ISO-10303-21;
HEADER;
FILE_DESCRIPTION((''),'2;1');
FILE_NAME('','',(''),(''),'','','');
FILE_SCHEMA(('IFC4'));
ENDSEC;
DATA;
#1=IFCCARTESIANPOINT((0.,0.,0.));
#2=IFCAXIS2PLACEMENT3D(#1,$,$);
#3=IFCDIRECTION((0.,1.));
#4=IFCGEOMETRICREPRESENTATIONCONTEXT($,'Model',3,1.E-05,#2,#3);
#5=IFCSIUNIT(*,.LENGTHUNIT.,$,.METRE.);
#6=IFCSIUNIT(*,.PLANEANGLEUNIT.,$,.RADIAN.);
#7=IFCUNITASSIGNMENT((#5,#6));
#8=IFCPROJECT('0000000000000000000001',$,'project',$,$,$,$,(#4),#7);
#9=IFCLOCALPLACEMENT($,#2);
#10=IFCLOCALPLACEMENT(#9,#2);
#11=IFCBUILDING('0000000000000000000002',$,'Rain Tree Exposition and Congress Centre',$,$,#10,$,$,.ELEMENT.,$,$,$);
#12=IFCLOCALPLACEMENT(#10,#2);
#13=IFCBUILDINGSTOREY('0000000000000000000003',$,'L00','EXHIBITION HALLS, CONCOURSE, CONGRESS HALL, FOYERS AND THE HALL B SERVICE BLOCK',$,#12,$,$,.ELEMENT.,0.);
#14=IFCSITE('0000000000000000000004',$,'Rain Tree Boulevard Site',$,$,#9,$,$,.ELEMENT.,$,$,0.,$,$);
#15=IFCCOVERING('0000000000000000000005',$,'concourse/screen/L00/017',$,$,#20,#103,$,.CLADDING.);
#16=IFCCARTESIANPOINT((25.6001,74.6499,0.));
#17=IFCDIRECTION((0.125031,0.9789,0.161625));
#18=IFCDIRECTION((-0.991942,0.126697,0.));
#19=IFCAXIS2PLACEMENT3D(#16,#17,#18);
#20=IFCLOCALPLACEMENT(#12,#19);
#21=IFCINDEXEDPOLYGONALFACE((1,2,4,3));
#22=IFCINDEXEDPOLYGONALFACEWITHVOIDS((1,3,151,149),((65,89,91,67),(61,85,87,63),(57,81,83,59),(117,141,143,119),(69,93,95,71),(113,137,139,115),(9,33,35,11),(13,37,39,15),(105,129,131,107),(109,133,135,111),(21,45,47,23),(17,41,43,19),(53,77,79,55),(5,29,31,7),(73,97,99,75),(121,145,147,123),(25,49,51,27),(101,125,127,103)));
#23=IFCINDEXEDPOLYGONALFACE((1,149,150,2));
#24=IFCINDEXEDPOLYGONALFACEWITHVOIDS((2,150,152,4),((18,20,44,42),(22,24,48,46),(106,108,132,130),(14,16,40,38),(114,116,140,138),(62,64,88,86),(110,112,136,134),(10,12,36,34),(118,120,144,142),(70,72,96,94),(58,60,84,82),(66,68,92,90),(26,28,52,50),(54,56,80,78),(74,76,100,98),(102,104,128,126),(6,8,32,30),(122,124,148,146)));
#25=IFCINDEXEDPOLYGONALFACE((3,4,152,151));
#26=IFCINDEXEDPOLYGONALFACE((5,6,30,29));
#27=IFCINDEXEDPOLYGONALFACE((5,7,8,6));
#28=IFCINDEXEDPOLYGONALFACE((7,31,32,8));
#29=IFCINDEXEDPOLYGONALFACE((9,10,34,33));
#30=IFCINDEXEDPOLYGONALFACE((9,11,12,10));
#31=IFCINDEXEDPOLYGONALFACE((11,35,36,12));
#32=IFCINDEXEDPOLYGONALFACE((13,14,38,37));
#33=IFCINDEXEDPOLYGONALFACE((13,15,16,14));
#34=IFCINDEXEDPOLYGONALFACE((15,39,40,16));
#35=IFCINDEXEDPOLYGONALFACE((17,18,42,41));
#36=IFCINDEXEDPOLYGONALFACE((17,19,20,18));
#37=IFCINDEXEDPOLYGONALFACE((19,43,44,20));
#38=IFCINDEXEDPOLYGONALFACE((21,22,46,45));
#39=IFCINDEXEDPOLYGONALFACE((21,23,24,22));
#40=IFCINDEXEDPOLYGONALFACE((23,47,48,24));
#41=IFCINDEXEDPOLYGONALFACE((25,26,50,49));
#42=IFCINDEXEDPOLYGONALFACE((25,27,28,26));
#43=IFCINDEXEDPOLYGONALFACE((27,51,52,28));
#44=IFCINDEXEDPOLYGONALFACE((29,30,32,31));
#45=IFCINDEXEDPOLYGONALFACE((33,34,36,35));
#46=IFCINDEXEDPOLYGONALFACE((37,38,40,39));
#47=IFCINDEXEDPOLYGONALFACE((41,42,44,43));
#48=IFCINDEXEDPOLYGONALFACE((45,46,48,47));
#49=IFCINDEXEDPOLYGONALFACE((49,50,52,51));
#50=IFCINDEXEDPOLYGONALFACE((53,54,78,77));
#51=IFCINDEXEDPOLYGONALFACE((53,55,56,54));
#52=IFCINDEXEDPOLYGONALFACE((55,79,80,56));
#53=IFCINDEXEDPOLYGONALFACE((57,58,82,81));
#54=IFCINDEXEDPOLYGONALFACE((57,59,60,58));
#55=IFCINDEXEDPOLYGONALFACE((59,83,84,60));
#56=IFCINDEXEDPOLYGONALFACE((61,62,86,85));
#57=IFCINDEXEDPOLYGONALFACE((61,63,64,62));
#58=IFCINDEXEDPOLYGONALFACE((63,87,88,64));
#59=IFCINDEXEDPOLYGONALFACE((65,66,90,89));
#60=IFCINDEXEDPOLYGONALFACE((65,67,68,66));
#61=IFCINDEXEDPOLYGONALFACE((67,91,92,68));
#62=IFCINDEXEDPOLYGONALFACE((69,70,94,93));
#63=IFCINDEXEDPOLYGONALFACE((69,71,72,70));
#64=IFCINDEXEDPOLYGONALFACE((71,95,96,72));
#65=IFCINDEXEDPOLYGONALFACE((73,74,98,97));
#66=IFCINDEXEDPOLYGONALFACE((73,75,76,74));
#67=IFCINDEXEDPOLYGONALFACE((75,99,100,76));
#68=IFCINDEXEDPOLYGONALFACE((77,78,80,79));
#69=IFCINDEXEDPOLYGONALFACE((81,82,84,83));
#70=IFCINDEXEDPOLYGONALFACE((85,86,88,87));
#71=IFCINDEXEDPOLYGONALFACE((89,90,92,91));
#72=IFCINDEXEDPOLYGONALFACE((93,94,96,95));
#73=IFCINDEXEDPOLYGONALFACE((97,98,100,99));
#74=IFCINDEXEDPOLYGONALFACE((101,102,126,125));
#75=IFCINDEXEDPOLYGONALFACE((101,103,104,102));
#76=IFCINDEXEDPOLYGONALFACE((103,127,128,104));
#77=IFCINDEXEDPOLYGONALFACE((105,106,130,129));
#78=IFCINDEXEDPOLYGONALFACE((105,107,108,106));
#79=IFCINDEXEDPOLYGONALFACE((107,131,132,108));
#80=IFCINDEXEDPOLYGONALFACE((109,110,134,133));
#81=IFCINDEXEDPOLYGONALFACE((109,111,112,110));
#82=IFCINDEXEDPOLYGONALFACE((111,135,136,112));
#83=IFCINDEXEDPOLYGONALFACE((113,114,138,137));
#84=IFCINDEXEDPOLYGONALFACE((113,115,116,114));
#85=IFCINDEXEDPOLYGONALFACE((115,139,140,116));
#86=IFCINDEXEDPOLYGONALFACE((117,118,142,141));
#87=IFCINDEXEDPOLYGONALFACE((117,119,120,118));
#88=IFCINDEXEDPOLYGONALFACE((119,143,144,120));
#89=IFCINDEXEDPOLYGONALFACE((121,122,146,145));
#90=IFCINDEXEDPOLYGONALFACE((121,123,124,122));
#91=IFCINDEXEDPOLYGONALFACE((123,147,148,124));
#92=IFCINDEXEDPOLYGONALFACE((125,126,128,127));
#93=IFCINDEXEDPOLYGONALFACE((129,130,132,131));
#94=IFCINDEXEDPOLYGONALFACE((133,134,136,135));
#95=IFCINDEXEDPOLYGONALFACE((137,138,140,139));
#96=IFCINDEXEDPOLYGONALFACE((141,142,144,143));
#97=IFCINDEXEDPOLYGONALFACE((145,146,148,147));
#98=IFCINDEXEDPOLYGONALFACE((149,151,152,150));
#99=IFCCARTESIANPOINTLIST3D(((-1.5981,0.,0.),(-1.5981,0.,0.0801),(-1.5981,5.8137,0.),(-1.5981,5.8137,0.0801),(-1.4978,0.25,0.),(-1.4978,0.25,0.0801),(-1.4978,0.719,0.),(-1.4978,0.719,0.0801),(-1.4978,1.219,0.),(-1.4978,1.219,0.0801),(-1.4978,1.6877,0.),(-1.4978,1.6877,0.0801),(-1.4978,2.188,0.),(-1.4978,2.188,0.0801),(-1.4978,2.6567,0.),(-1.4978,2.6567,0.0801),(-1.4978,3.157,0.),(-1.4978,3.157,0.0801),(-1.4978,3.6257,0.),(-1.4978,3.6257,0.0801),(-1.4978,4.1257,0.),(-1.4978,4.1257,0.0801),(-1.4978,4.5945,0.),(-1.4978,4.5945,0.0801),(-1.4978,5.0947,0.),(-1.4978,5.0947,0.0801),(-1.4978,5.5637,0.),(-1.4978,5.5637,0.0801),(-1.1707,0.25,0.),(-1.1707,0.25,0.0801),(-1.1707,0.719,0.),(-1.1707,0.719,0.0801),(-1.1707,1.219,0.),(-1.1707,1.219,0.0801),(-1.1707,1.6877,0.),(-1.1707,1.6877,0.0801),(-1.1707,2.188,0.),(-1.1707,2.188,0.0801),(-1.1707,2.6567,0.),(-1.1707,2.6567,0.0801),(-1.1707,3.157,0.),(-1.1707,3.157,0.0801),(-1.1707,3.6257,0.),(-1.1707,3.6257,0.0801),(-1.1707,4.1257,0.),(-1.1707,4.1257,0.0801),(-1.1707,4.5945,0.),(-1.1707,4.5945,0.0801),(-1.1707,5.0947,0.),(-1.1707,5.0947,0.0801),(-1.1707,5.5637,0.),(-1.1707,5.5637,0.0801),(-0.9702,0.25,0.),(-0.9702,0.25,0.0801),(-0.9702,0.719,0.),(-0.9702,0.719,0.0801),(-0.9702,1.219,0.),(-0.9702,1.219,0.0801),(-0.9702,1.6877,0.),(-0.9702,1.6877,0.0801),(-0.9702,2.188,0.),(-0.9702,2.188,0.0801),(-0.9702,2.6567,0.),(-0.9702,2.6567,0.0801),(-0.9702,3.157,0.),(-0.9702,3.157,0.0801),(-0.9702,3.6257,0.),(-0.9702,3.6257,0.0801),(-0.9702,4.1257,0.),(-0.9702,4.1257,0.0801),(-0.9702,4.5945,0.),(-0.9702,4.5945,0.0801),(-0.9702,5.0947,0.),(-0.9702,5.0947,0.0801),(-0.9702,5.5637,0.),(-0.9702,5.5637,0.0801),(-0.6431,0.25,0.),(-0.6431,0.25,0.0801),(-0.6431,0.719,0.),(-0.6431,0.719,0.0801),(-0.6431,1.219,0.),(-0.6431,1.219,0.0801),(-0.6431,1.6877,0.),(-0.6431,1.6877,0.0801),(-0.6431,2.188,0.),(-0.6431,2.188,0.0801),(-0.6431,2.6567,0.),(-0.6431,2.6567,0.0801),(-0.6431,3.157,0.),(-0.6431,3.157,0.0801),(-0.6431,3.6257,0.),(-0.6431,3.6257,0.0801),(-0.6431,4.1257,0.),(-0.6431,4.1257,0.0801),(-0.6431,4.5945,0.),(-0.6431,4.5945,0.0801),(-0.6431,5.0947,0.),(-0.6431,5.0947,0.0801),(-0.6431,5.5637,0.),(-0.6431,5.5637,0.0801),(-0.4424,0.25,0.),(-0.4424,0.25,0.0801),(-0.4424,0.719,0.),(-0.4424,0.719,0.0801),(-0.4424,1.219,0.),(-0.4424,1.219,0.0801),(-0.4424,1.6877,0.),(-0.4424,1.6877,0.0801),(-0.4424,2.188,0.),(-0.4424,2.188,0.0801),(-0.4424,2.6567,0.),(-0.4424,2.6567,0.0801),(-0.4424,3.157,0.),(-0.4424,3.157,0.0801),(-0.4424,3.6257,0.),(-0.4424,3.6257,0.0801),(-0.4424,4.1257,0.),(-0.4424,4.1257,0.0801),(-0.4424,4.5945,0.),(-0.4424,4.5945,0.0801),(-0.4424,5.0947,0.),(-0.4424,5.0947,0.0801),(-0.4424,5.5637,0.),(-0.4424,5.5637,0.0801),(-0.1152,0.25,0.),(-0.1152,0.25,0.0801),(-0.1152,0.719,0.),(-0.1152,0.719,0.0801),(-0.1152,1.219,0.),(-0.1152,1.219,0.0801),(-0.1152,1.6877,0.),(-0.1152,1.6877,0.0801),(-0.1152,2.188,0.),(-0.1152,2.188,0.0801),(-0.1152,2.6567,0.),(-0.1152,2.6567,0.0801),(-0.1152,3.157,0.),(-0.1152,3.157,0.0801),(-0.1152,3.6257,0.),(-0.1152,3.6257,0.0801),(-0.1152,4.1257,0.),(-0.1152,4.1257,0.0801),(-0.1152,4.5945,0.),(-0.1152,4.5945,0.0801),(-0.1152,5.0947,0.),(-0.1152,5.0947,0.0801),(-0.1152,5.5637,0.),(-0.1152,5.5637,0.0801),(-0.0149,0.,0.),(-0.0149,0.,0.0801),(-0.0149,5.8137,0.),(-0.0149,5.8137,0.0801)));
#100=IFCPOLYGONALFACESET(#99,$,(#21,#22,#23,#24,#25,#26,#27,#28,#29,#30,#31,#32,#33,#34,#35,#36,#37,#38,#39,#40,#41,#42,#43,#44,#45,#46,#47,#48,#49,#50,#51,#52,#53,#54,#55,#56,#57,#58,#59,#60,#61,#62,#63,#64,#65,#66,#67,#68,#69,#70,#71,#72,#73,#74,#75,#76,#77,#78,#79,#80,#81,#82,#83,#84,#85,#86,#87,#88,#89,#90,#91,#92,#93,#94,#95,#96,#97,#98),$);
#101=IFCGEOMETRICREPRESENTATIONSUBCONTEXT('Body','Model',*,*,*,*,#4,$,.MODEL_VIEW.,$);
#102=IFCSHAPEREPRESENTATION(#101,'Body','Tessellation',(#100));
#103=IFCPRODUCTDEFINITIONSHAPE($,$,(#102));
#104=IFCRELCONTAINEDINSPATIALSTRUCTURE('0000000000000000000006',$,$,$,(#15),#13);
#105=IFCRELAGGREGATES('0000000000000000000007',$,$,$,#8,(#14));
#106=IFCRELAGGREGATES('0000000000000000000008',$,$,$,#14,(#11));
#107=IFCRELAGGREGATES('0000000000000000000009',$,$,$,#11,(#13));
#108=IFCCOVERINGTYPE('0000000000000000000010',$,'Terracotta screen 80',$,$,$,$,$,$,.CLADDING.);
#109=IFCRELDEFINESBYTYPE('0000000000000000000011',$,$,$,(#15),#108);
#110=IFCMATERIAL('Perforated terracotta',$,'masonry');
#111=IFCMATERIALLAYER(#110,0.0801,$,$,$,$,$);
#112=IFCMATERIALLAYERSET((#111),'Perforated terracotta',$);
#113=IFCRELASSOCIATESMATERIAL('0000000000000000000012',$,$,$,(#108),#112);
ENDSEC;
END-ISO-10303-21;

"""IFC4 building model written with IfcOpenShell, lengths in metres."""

from ifc_helpers import new_model, si_unit, direction, frame, origin, place, context, subcontext, project, spatial, polyline, outline, extrude, material, layer, layer_set, type_object, element, save


model = new_model("IFC4")

# Units and contexts
model_context = context("Model", 3, precision=1e-05, world=origin(), true_north=direction((0.0, 1.0)))
body_context = subcontext(model_context, "Body", "Model", "MODEL_VIEW")
ifc_project = project(units=[si_unit("LENGTHUNIT", "METRE"), si_unit("PLANEANGLEUNIT", "RADIAN")], contexts=[model_context])

# Site, building, storey
site_placement = place(None, origin())
site = spatial("IfcSite", under=ifc_project, at=site_placement, Name="Rain Tree Boulevard Site", CompositionType="ELEMENT", RefElevation=0.0)
building_placement = place(site_placement, origin())
building = spatial("IfcBuilding", under=site, at=building_placement, Name="Rain Tree Exposition and Congress Centre", CompositionType="ELEMENT")
storey_placement = place(building_placement, origin())
storey = spatial("IfcBuildingStorey", under=building, at=storey_placement, Name="L00", Description="EXHIBITION HALLS, CONCOURSE, CONGRESS HALL, FOYERS AND THE HALL B SERVICE BLOCK", CompositionType="ELEMENT", Elevation=0.0)

# Covering
ifc_material_1 = material(Name="Perforated terracotta", Category="masonry")
ifc_layer_1 = layer(ifc_material_1, 0.0801)
ifc_layer_set_1 = layer_set([ifc_layer_1], Name="Perforated terracotta")
covering_type = type_object("IfcCoveringType", Name="Terracotta screen 80", PredefinedType="CLADDING", material=ifc_layer_set_1)
covering_1_placement = place(storey_placement, frame((25.6001, 74.6499, 0.0), z_axis=(0.125031, 0.9789, 0.161625), x_axis=(-0.991942, 0.126697, 0.0)))
element("IfcCovering", 1, at=covering_1_placement, inside=storey, type_object=covering_type, Name="concourse/screen/L00/017", PredefinedType="CLADDING", context=body_context, shape_type="SweptSolid", body=[
    extrude(outline(polyline([(-0.0149, 0.0), (-1.5981, 0.0), (-1.5981, 5.8137), (-0.0149, 5.8137), (-0.0149, 0.0)]), holes=[polyline([(-0.1152, 0.25), (-0.1152, 0.719), (-0.4424, 0.719), (-0.4424, 0.25), (-0.1152, 0.25)]), polyline([(-0.1152, 1.219), (-0.1152, 1.6877), (-0.4424, 1.6877), (-0.4424, 1.219), (-0.1152, 1.219)]), polyline([(-0.1152, 2.188), (-0.1152, 2.6567), (-0.4424, 2.6567), (-0.4424, 2.188), (-0.1152, 2.188)]), polyline([(-0.1152, 3.157), (-0.1152, 3.6257), (-0.4424, 3.6257), (-0.4424, 3.157), (-0.1152, 3.157)]), polyline([(-0.1152, 4.1257), (-0.1152, 4.5945), (-0.4424, 4.5945), (-0.4424, 4.1257), (-0.1152, 4.1257)]), polyline([(-0.1152, 5.0947), (-0.1152, 5.5637), (-0.4424, 5.5637), (-0.4424, 5.0947), (-0.1152, 5.0947)]), polyline([(-0.6431, 0.25), (-0.6431, 0.719), (-0.9702, 0.719), (-0.9702, 0.25), (-0.6431, 0.25)]), polyline([(-0.6431, 1.219), (-0.6431, 1.6877), (-0.9702, 1.6877), (-0.9702, 1.219), (-0.6431, 1.219)]), polyline([(-0.6431, 2.188), (-0.6431, 2.6567), (-0.9702, 2.6567), (-0.9702, 2.188), (-0.6431, 2.188)]), polyline([(-0.6431, 3.157), (-0.6431, 3.6257), (-0.9702, 3.6257), (-0.9702, 3.157), (-0.6431, 3.157)]), polyline([(-0.6431, 4.1257), (-0.6431, 4.5945), (-0.9702, 4.5945), (-0.9702, 4.1257), (-0.6431, 4.1257)]), polyline([(-0.6431, 5.0947), (-0.6431, 5.5637), (-0.9702, 5.5637), (-0.9702, 5.0947), (-0.6431, 5.0947)]), polyline([(-1.1707, 0.25), (-1.1707, 0.719), (-1.4978, 0.719), (-1.4978, 0.25), (-1.1707, 0.25)]), polyline([(-1.1707, 1.219), (-1.1707, 1.6877), (-1.4978, 1.6877), (-1.4978, 1.219), (-1.1707, 1.219)]), polyline([(-1.1707, 2.188), (-1.1707, 2.6567), (-1.4978, 2.6567), (-1.4978, 2.188), (-1.1707, 2.188)]), polyline([(-1.1707, 3.157), (-1.1707, 3.6257), (-1.4978, 3.6257), (-1.4978, 3.157), (-1.1707, 3.157)]), polyline([(-1.1707, 4.1257), (-1.1707, 4.5945), (-1.4978, 4.5945), (-1.4978, 4.1257), (-1.1707, 4.1257)]), polyline([(-1.1707, 5.0947), (-1.1707, 5.5637), (-1.4978, 5.5637), (-1.4978, 5.0947), (-1.1707, 5.0947)])]), origin(), (0.0, 0.0, 1.0), 0.0801),
])

save(model, "model.ifc")
